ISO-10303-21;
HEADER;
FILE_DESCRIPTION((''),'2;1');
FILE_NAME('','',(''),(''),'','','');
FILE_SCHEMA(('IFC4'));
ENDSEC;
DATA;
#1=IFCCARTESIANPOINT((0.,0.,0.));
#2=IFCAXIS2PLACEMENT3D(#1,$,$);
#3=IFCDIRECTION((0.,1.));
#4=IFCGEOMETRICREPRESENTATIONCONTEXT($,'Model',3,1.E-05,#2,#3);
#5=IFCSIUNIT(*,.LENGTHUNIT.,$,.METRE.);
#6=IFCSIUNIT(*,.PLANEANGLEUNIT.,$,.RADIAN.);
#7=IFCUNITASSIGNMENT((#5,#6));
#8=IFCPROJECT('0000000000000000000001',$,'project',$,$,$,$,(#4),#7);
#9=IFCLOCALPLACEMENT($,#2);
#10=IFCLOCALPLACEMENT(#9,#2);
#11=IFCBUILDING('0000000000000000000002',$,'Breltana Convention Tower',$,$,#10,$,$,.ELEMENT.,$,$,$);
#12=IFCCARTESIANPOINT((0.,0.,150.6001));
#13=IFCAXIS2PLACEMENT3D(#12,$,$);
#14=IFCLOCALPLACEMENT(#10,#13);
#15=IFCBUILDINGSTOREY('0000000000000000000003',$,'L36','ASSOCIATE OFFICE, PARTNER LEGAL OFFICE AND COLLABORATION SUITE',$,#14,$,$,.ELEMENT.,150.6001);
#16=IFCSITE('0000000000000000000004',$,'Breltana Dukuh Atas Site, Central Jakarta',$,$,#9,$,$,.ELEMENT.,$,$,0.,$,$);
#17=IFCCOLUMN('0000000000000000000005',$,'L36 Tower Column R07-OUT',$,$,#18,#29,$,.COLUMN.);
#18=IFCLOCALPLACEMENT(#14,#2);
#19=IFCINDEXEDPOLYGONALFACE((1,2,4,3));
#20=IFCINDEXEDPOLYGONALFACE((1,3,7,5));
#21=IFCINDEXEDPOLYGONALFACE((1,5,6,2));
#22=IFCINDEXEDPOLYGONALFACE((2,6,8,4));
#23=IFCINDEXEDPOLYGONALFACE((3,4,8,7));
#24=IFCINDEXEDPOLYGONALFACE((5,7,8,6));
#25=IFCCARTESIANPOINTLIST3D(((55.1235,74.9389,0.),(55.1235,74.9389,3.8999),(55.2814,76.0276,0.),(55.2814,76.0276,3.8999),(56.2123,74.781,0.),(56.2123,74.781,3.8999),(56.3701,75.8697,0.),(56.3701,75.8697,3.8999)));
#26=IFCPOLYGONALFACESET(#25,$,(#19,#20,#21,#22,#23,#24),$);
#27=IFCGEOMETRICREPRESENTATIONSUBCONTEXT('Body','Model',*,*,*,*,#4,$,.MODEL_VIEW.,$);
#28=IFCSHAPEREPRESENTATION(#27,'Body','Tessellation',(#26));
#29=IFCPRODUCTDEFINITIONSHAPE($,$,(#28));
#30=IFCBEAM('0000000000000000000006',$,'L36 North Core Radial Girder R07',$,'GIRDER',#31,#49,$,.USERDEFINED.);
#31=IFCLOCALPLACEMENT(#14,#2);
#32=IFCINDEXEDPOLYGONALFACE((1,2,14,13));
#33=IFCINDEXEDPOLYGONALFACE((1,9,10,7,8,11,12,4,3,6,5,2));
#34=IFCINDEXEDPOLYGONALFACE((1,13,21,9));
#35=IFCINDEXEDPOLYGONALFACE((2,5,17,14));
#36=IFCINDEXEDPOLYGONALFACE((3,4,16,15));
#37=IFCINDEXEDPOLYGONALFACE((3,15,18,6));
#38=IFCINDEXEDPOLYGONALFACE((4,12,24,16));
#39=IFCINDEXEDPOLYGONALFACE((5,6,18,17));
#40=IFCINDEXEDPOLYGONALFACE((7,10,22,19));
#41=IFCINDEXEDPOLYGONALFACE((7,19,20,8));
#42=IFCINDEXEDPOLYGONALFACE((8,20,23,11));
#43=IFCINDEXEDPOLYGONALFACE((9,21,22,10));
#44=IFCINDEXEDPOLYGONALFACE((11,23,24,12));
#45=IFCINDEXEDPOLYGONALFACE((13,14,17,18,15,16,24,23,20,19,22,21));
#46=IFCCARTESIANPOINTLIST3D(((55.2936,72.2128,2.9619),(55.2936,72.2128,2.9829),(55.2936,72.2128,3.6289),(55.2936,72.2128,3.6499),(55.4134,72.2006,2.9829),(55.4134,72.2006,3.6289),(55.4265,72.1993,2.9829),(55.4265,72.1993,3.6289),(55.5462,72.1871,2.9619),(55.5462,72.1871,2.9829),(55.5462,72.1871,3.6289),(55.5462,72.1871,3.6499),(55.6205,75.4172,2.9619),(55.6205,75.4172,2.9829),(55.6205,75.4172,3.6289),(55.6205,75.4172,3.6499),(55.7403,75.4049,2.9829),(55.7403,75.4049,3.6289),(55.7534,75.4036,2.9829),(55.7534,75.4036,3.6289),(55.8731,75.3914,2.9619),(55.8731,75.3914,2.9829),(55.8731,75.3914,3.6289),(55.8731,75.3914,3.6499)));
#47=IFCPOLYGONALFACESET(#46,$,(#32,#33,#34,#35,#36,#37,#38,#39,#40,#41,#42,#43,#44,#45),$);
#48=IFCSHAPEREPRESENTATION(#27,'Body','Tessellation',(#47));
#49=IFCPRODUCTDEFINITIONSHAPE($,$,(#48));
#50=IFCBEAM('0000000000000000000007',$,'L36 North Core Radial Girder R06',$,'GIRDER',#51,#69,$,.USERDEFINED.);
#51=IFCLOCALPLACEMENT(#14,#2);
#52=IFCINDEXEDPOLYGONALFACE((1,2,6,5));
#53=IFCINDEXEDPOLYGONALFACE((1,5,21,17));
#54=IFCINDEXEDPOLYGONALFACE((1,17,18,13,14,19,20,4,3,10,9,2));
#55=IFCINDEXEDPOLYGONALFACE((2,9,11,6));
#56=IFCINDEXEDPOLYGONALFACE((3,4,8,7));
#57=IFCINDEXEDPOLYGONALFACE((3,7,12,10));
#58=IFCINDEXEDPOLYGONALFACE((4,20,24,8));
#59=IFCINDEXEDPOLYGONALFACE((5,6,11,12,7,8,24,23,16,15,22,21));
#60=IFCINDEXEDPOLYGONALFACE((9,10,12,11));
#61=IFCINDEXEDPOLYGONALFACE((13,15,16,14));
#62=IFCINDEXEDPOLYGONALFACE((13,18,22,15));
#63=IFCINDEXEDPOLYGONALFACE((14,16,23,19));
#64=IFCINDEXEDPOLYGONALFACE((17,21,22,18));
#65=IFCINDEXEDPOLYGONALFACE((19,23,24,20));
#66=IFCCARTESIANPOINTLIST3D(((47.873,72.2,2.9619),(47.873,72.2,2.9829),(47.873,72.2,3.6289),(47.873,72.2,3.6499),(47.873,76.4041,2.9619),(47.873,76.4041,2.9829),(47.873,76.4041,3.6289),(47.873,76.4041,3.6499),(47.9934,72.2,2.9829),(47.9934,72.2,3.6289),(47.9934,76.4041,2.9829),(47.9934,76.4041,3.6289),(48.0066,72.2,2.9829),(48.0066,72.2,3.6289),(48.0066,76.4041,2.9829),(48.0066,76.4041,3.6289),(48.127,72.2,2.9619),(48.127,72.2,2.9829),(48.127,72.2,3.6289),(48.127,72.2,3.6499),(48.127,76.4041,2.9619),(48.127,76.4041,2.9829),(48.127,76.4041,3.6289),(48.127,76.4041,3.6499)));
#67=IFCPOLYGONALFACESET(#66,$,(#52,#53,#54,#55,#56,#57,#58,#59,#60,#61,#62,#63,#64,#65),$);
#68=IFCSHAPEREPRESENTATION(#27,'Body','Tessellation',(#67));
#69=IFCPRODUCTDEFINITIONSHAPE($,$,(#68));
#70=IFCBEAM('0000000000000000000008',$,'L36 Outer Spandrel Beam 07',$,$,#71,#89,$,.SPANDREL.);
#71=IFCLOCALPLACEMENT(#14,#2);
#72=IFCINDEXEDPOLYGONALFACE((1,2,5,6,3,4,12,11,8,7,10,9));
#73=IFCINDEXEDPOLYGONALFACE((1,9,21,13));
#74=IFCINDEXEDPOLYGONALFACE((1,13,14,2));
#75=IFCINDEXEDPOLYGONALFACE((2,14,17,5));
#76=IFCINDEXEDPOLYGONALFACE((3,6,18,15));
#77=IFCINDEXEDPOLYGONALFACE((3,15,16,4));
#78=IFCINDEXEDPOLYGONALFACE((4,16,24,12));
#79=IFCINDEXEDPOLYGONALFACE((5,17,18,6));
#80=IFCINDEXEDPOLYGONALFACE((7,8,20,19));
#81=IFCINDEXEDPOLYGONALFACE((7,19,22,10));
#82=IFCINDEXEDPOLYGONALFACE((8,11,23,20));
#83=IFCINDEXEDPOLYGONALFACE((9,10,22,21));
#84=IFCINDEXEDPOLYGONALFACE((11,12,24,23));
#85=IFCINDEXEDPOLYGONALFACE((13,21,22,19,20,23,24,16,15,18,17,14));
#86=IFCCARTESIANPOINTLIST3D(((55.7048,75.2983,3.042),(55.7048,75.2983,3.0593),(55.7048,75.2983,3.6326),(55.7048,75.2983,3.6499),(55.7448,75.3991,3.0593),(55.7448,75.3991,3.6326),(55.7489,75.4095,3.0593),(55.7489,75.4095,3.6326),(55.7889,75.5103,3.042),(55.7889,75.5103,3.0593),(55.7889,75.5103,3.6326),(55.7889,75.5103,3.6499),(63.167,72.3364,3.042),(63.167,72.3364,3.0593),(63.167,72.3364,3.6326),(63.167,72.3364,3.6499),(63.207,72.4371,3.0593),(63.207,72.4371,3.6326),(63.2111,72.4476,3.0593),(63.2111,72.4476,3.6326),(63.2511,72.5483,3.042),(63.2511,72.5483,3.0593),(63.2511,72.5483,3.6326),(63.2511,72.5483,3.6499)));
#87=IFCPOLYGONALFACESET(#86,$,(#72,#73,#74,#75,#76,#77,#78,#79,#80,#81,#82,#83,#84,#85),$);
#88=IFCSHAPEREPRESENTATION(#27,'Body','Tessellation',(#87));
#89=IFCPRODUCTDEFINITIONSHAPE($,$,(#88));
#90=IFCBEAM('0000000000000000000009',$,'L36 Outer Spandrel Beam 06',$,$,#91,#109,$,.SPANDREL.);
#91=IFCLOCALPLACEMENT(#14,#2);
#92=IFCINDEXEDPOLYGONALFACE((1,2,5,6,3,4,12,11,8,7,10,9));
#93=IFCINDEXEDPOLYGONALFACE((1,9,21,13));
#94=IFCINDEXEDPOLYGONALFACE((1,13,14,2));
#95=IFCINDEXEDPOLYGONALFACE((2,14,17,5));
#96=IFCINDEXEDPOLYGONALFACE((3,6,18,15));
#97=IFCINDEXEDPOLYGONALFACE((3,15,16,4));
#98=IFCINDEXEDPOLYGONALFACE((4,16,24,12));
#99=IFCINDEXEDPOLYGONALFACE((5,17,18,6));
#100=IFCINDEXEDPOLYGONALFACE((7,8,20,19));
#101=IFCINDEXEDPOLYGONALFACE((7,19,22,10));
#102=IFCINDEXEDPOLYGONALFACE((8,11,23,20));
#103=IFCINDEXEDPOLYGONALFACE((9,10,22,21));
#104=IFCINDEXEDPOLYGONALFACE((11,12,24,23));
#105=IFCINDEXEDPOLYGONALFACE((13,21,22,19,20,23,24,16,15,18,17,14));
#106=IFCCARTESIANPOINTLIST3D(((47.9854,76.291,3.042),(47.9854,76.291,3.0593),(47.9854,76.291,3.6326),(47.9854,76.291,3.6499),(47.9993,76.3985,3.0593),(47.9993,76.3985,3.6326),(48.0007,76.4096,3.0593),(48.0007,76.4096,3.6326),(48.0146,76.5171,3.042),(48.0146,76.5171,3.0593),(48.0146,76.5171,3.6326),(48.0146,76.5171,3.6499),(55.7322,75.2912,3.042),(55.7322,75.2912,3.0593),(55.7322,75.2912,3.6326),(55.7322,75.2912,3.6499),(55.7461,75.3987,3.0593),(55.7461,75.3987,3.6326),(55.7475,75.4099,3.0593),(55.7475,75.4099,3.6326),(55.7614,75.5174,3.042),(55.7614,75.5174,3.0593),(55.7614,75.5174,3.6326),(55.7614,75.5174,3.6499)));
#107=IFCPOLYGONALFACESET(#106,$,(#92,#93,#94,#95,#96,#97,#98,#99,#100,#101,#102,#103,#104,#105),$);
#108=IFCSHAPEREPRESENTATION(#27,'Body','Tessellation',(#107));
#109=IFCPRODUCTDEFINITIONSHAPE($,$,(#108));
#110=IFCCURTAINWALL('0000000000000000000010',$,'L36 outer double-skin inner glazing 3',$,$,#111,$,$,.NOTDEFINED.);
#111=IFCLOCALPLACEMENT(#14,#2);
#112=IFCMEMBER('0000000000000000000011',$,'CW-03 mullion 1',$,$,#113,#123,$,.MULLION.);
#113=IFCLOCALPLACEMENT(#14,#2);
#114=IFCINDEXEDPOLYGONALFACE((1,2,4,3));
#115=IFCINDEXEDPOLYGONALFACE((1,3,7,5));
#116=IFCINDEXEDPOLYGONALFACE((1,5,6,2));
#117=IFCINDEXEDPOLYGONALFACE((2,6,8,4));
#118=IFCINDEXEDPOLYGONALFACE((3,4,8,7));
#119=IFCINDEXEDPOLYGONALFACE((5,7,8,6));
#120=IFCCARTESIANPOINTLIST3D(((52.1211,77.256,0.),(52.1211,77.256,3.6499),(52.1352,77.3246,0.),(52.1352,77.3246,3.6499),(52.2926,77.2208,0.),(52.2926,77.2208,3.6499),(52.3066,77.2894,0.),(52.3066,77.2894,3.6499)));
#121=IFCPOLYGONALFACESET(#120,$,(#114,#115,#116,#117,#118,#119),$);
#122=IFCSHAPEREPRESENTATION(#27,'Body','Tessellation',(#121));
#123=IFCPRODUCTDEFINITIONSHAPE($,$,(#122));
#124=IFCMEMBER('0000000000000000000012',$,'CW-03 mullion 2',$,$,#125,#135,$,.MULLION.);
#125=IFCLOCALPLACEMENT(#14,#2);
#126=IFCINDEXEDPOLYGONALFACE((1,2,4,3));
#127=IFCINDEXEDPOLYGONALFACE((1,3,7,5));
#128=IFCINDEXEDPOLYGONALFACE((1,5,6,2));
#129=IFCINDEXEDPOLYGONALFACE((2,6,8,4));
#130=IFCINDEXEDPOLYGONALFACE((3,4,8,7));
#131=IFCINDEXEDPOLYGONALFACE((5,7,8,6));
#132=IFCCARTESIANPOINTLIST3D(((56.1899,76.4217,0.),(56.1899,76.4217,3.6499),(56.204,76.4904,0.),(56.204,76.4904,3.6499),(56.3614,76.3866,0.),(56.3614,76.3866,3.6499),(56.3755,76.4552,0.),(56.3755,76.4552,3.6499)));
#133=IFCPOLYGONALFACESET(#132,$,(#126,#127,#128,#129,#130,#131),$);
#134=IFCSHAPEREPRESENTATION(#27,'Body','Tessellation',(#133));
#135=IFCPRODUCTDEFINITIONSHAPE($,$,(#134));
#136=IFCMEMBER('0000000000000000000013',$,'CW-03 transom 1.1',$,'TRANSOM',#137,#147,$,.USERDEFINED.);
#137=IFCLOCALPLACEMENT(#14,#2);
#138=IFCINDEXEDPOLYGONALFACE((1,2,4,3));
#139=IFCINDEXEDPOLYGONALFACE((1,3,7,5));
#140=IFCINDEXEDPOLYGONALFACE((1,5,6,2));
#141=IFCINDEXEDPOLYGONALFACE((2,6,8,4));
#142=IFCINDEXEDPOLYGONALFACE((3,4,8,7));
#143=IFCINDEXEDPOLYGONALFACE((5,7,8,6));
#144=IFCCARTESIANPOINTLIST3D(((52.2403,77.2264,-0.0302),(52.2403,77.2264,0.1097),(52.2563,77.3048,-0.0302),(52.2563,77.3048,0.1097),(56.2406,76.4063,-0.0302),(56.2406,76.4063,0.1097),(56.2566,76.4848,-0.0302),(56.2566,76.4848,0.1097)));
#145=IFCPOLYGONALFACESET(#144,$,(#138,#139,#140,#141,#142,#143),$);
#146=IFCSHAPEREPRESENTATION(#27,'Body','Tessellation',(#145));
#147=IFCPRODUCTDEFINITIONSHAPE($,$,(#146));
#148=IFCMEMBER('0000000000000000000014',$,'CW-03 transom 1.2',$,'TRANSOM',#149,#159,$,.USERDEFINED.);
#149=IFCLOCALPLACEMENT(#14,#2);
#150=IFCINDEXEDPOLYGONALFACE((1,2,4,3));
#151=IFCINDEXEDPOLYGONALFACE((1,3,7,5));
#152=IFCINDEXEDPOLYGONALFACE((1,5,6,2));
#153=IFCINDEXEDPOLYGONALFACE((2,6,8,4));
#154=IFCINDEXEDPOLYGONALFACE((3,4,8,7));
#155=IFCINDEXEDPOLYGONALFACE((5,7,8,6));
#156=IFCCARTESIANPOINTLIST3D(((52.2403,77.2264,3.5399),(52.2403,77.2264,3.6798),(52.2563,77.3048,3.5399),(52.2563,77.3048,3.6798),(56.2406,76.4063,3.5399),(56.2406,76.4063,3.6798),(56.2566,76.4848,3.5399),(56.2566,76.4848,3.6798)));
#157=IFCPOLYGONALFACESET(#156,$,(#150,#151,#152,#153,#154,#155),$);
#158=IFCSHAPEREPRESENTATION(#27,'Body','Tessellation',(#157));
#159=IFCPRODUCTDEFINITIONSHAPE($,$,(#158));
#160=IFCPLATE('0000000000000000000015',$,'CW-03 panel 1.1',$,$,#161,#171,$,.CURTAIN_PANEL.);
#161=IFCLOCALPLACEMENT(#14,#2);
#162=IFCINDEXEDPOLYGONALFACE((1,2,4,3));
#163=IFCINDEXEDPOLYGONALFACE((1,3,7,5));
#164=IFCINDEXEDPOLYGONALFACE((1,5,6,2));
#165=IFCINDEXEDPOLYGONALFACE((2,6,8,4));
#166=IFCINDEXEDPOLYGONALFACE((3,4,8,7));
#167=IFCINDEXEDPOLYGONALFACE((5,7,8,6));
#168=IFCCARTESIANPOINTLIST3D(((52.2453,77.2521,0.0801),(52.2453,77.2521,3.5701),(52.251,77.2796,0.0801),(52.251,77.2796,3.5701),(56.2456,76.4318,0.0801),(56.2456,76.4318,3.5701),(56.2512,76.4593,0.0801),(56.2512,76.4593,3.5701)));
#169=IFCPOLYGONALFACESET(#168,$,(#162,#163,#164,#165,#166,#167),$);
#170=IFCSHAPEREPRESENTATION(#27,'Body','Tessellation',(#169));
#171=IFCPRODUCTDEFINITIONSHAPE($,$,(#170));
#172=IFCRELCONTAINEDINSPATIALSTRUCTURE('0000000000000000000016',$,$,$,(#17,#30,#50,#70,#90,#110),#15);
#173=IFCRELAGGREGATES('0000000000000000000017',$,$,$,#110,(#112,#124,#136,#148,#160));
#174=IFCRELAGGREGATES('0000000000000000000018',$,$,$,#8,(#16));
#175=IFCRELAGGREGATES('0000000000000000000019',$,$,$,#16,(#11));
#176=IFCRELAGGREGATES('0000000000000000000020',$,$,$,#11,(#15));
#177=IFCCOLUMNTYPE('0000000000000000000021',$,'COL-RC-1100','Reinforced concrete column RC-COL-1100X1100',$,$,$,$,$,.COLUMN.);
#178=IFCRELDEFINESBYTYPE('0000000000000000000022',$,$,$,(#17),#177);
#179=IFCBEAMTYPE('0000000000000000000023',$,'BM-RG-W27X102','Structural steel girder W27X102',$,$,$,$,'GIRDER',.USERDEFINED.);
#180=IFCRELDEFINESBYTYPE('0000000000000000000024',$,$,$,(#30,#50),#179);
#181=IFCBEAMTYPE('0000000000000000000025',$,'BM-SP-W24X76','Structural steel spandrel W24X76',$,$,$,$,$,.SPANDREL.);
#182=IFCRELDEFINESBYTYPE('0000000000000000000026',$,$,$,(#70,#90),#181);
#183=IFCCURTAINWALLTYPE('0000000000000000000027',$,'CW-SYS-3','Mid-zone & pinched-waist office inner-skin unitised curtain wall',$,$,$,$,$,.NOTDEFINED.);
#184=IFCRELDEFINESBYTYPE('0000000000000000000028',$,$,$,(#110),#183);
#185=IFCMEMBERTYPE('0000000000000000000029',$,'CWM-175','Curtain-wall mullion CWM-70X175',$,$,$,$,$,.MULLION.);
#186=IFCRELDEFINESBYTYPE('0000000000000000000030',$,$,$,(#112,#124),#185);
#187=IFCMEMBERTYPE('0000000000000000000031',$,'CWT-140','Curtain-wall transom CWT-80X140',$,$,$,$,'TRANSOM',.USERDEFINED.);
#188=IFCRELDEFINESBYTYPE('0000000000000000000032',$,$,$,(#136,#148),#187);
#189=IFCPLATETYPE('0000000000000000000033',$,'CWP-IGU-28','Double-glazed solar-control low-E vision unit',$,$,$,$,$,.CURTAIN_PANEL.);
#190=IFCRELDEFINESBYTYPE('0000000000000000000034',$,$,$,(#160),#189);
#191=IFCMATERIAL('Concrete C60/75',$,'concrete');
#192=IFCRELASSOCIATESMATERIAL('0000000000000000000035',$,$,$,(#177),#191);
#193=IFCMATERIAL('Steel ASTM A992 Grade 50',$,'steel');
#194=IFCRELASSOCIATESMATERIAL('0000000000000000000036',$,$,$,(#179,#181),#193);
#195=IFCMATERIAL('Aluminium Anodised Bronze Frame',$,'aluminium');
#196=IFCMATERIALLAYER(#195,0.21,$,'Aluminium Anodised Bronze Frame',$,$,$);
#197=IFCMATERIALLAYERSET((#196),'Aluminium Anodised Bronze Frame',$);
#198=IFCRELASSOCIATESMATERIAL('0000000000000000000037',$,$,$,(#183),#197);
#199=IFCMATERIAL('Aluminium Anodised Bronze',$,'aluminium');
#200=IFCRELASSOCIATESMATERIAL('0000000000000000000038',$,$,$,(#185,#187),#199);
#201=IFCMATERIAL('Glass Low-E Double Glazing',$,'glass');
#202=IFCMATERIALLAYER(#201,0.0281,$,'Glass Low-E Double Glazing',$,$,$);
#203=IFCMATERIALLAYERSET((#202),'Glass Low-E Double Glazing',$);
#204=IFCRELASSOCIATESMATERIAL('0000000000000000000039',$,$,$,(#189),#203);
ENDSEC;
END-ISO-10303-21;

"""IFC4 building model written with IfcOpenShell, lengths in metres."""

from ifc_helpers import new_model, si_unit, direction, frame, origin, origin_2d, place, context, subcontext, project, spatial, rectangle, i_section, extrude, source, transform, mapped, material, layer, layer_set, material_profile, profile_set, type_object, element, aggregate, save


model = new_model("IFC4")

# Units and contexts
model_context = context("Model", 3, precision=1e-05, world=origin(), true_north=direction((0.0, 1.0)))
body_context = subcontext(model_context, "Body", "Model", "MODEL_VIEW")
ifc_project = project(units=[si_unit("LENGTHUNIT", "METRE"), si_unit("PLANEANGLEUNIT", "RADIAN")], contexts=[model_context])

# Site, building, storey
site_placement = place(None, origin())
site = spatial("IfcSite", under=ifc_project, at=site_placement, Name="Breltana Dukuh Atas Site, Central Jakarta", CompositionType="ELEMENT", RefElevation=0.0)
building_placement = place(site_placement, origin())
building = spatial("IfcBuilding", under=site, at=building_placement, Name="Breltana Convention Tower", CompositionType="ELEMENT")
storey_placement = place(building_placement, frame((0.0, 0.0, 150.6001)))
storey = spatial("IfcBuildingStorey", under=building, at=storey_placement, Name="L36", Description="ASSOCIATE OFFICE, PARTNER LEGAL OFFICE AND COLLABORATION SUITE", CompositionType="ELEMENT", Elevation=150.6001)

# Column
ifc_material_1 = material(Name="Concrete C60/75", Category="concrete")
ifc_material_profile_1 = material_profile(ifc_material_1, rectangle(XDim=1.1001, YDim=1.1001, at=origin_2d()), Name="RC-COL-1100X1100")
ifc_profile_set_1 = profile_set([ifc_material_profile_1], Name="Concrete C60/75")
column_type = type_object("IfcColumnType", Name="COL-RC-1100", Description="Reinforced concrete column RC-COL-1100X1100", PredefinedType="COLUMN", material=ifc_profile_set_1)
shared_shape_1 = source(origin(), body_context, "Body", "SweptSolid", [
    extrude(rectangle(XDim=1.1001, YDim=1.1001, at=origin_2d()), origin(), (0.0, 0.0, 1.0), 3.8999),
])
column_placement = place(storey_placement, frame((55.7468, 75.4043, 0.0), z_axis=(0.0, 0.0, 1.0), x_axis=(0.143493, 0.989651, 0.0)))
element("IfcColumn", 1, at=column_placement, inside=storey, type_object=column_type, Name="L36 Tower Column R07-OUT", PredefinedType="COLUMN", context=body_context, shape_type="MappedRepresentation", body=[
    mapped(shared_shape_1, transform((0.0, 0.0, 0.0), scale=1.0)),
])

# Beams
ifc_material_2 = material(Name="Steel ASTM A992 Grade 50", Category="steel")
ifc_material_profile_2 = material_profile(ifc_material_2, i_section(OverallWidth=0.2539, OverallDepth=0.688, WebThickness=0.0132, FlangeThickness=0.021, at=origin_2d()), Name="W27X102")
ifc_profile_set_2 = profile_set([ifc_material_profile_2], Name="Steel ASTM A992 Grade 50")
beam_type_1 = type_object("IfcBeamType", Name="BM-RG-W27X102", Description="Structural steel girder W27X102", ElementType="GIRDER", PredefinedType="USERDEFINED", material=ifc_profile_set_2)
shared_shape_2 = source(origin(), body_context, "Body", "SweptSolid", [
    extrude(i_section(OverallWidth=0.2539, OverallDepth=0.688, WebThickness=0.0132, FlangeThickness=0.021, at=origin_2d()), origin(), (0.0, 0.0, 1.0), 3.2209),
])
beam_1_placement = place(storey_placement, frame((55.4199, 72.2, 3.3059), z_axis=(0.101492, 0.994836, 0.0), x_axis=(-0.994836, 0.101492, 0.0)))
element("IfcBeam", 2, at=beam_1_placement, inside=storey, type_object=beam_type_1, Name="L36 North Core Radial Girder R07", ObjectType="GIRDER", PredefinedType="USERDEFINED", context=body_context, shape_type="MappedRepresentation", body=[
    mapped(shared_shape_2, transform((0.0, 0.0, 0.0), scale=1.0)),
])
shared_shape_3 = source(origin(), body_context, "Body", "SweptSolid", [
    extrude(i_section(OverallWidth=0.2539, OverallDepth=0.688, WebThickness=0.0132, FlangeThickness=0.021, at=origin_2d()), origin(), (0.0, 0.0, 1.0), 4.2041),
])
beam_2_placement = place(storey_placement, frame((48.0, 72.2, 3.3059), z_axis=(0.0, 1.0, 0.0), x_axis=(-1.0, 0.0, 0.0)))
element("IfcBeam", 3, at=beam_2_placement, inside=storey, type_object=beam_type_1, Name="L36 North Core Radial Girder R06", ObjectType="GIRDER", PredefinedType="USERDEFINED", context=body_context, shape_type="MappedRepresentation", body=[
    mapped(shared_shape_3, transform((0.0, 0.0, 0.0), scale=1.0)),
])
ifc_material_profile_3 = material_profile(ifc_material_2, i_section(OverallWidth=0.228, OverallDepth=0.6079, WebThickness=0.0112, FlangeThickness=0.0173, at=origin_2d()), Name="W24X76")
ifc_profile_set_3 = profile_set([ifc_material_profile_3], Name="Steel ASTM A992 Grade 50")
beam_type_2 = type_object("IfcBeamType", Name="BM-SP-W24X76", Description="Structural steel spandrel W24X76", PredefinedType="SPANDREL", material=ifc_profile_set_3)
shared_shape_4 = source(origin(), body_context, "Body", "SweptSolid", [
    extrude(i_section(OverallWidth=0.228, OverallDepth=0.6079, WebThickness=0.0112, FlangeThickness=0.0173, at=origin_2d()), origin(), (0.0, 0.0, 1.0), 8.0286),
])
beam_3_placement = place(storey_placement, frame((55.7468, 75.4043, 3.3459), z_axis=(0.929459, -0.368925, 0.0), x_axis=(0.368925, 0.929459, 0.0)))
element("IfcBeam", 4, at=beam_3_placement, inside=storey, type_object=beam_type_2, Name="L36 Outer Spandrel Beam 07", PredefinedType="SPANDREL", context=body_context, shape_type="MappedRepresentation", body=[
    mapped(shared_shape_4, transform((0.0, 0.0, 0.0), scale=1.0)),
])
shared_shape_5 = source(origin(), body_context, "Body", "SweptSolid", [
    extrude(i_section(OverallWidth=0.228, OverallDepth=0.6079, WebThickness=0.0112, FlangeThickness=0.0173, at=origin_2d()), origin(), (0.0, 0.0, 1.0), 7.811),
])
beam_4_placement = place(storey_placement, frame((48.0, 76.4041, 3.3459), z_axis=(0.991775, -0.127992, 0.0), x_axis=(0.127992, 0.991775, 0.0)))
element("IfcBeam", 5, at=beam_4_placement, inside=storey, type_object=beam_type_2, Name="L36 Outer Spandrel Beam 06", PredefinedType="SPANDREL", context=body_context, shape_type="MappedRepresentation", body=[
    mapped(shared_shape_5, transform((0.0, 0.0, 0.0), scale=1.0)),
])

# Curtain wall, members, plate
ifc_material_3 = material(Name="Aluminium Anodised Bronze Frame", Category="aluminium")
ifc_layer_1 = layer(ifc_material_3, 0.21, Name="Aluminium Anodised Bronze Frame")
ifc_layer_set_1 = layer_set([ifc_layer_1], Name="Aluminium Anodised Bronze Frame")
curtain_wall_type = type_object("IfcCurtainWallType", Name="CW-SYS-3", Description="Mid-zone & pinched-waist office inner-skin unitised curtain wall", PredefinedType="NOTDEFINED", material=ifc_layer_set_1)
curtain_wall_placement = place(storey_placement, origin())
curtain_wall = element("IfcCurtainWall", 6, at=curtain_wall_placement, inside=storey, type_object=curtain_wall_type, Name="L36 outer double-skin inner glazing 3", PredefinedType="NOTDEFINED")
ifc_material_4 = material(Name="Aluminium Anodised Bronze", Category="aluminium")
ifc_material_profile_4 = material_profile(ifc_material_4, rectangle(XDim=0.0701, YDim=0.175, at=origin_2d()), Name="CWM-70X175")
ifc_profile_set_4 = profile_set([ifc_material_profile_4], Name="Aluminium Anodised Bronze")
member_type_1 = type_object("IfcMemberType", Name="CWM-175", Description="Curtain-wall mullion CWM-70X175", PredefinedType="MULLION", material=ifc_profile_set_4)
shared_shape_6 = source(origin(), body_context, "Body", "SweptSolid", [
    extrude(rectangle(XDim=0.0701, YDim=0.175, at=origin_2d()), origin(), (0.0, 0.0, 1.0), 3.6499),
])
member_1_placement = place(storey_placement, frame((52.2139, 77.2727, 0.0), z_axis=(0.0, 0.0, 1.0), x_axis=(0.200877, 0.979617, 0.0)))
member_1 = element("IfcMember", 7, at=member_1_placement, type_object=member_type_1, Name="CW-03 mullion 1", PredefinedType="MULLION", context=body_context, shape_type="MappedRepresentation", body=[
    mapped(shared_shape_6, transform((0.0, 0.0, 0.0), scale=1.0)),
])
member_2_placement = place(storey_placement, frame((56.2827, 76.4385, 0.0), z_axis=(0.0, 0.0, 1.0), x_axis=(0.200877, 0.979617, 0.0)))
member_2 = element("IfcMember", 8, at=member_2_placement, type_object=member_type_1, Name="CW-03 mullion 2", PredefinedType="MULLION", context=body_context, shape_type="MappedRepresentation", body=[
    mapped(shared_shape_6, transform((0.0, 0.0, 0.0), scale=1.0)),
])
ifc_material_profile_5 = material_profile(ifc_material_4, rectangle(XDim=0.0801, YDim=0.1399, at=origin_2d()), Name="CWT-80X140")
ifc_profile_set_5 = profile_set([ifc_material_profile_5], Name="Aluminium Anodised Bronze")
member_type_2 = type_object("IfcMemberType", Name="CWT-140", Description="Curtain-wall transom CWT-80X140", ElementType="TRANSOM", PredefinedType="USERDEFINED", material=ifc_profile_set_5)
shared_shape_7 = source(origin(), body_context, "Body", "SweptSolid", [
    extrude(rectangle(XDim=0.0801, YDim=0.1399, at=origin_2d()), origin(), (0.0, 0.0, 1.0), 4.0835),
])
member_3_placement = place(storey_placement, frame((52.2483, 77.2656, 0.0398), z_axis=(0.979627, -0.200828, 0.0), x_axis=(0.200828, 0.979627, 0.0)))
member_3 = element("IfcMember", 9, at=member_3_placement, type_object=member_type_2, Name="CW-03 transom 1.1", ObjectType="TRANSOM", PredefinedType="USERDEFINED", context=body_context, shape_type="MappedRepresentation", body=[
    mapped(shared_shape_7, transform((0.0, 0.0, 0.0), scale=1.0)),
])
member_4_placement = place(storey_placement, frame((52.2483, 77.2656, 3.6099), z_axis=(0.979627, -0.200828, 0.0), x_axis=(0.200828, 0.979627, 0.0)))
member_4 = element("IfcMember", 10, at=member_4_placement, type_object=member_type_2, Name="CW-03 transom 1.2", ObjectType="TRANSOM", PredefinedType="USERDEFINED", context=body_context, shape_type="MappedRepresentation", body=[
    mapped(shared_shape_7, transform((0.0, 0.0, 0.0), scale=1.0)),
])
ifc_material_5 = material(Name="Glass Low-E Double Glazing", Category="glass")
ifc_layer_2 = layer(ifc_material_5, 0.0281, Name="Glass Low-E Double Glazing")
ifc_layer_set_2 = layer_set([ifc_layer_2], Name="Glass Low-E Double Glazing")
plate_type = type_object("IfcPlateType", Name="CWP-IGU-28", Description="Double-glazed solar-control low-E vision unit", PredefinedType="CURTAIN_PANEL", material=ifc_layer_set_2)
shared_shape_8 = source(origin(), body_context, "Body", "SweptSolid", [
    extrude(rectangle(XDim=4.0835, YDim=0.0281, at=origin_2d()), origin(), (0.0, 0.0, 1.0), 3.49),
])
plate_placement = place(storey_placement, frame((54.2483, 76.8557, 0.0801), z_axis=(0.0, 0.0, 1.0), x_axis=(0.979617, -0.200877, 0.0)))
plate = element("IfcPlate", 11, at=plate_placement, type_object=plate_type, Name="CW-03 panel 1.1", PredefinedType="CURTAIN_PANEL", context=body_context, shape_type="MappedRepresentation", body=[
    mapped(shared_shape_8, transform((0.0, 0.0, 0.0), scale=1.0)),
])
aggregate(curtain_wall, [member_1, member_2, member_3, member_4, plate])

save(model, "model.ifc")
